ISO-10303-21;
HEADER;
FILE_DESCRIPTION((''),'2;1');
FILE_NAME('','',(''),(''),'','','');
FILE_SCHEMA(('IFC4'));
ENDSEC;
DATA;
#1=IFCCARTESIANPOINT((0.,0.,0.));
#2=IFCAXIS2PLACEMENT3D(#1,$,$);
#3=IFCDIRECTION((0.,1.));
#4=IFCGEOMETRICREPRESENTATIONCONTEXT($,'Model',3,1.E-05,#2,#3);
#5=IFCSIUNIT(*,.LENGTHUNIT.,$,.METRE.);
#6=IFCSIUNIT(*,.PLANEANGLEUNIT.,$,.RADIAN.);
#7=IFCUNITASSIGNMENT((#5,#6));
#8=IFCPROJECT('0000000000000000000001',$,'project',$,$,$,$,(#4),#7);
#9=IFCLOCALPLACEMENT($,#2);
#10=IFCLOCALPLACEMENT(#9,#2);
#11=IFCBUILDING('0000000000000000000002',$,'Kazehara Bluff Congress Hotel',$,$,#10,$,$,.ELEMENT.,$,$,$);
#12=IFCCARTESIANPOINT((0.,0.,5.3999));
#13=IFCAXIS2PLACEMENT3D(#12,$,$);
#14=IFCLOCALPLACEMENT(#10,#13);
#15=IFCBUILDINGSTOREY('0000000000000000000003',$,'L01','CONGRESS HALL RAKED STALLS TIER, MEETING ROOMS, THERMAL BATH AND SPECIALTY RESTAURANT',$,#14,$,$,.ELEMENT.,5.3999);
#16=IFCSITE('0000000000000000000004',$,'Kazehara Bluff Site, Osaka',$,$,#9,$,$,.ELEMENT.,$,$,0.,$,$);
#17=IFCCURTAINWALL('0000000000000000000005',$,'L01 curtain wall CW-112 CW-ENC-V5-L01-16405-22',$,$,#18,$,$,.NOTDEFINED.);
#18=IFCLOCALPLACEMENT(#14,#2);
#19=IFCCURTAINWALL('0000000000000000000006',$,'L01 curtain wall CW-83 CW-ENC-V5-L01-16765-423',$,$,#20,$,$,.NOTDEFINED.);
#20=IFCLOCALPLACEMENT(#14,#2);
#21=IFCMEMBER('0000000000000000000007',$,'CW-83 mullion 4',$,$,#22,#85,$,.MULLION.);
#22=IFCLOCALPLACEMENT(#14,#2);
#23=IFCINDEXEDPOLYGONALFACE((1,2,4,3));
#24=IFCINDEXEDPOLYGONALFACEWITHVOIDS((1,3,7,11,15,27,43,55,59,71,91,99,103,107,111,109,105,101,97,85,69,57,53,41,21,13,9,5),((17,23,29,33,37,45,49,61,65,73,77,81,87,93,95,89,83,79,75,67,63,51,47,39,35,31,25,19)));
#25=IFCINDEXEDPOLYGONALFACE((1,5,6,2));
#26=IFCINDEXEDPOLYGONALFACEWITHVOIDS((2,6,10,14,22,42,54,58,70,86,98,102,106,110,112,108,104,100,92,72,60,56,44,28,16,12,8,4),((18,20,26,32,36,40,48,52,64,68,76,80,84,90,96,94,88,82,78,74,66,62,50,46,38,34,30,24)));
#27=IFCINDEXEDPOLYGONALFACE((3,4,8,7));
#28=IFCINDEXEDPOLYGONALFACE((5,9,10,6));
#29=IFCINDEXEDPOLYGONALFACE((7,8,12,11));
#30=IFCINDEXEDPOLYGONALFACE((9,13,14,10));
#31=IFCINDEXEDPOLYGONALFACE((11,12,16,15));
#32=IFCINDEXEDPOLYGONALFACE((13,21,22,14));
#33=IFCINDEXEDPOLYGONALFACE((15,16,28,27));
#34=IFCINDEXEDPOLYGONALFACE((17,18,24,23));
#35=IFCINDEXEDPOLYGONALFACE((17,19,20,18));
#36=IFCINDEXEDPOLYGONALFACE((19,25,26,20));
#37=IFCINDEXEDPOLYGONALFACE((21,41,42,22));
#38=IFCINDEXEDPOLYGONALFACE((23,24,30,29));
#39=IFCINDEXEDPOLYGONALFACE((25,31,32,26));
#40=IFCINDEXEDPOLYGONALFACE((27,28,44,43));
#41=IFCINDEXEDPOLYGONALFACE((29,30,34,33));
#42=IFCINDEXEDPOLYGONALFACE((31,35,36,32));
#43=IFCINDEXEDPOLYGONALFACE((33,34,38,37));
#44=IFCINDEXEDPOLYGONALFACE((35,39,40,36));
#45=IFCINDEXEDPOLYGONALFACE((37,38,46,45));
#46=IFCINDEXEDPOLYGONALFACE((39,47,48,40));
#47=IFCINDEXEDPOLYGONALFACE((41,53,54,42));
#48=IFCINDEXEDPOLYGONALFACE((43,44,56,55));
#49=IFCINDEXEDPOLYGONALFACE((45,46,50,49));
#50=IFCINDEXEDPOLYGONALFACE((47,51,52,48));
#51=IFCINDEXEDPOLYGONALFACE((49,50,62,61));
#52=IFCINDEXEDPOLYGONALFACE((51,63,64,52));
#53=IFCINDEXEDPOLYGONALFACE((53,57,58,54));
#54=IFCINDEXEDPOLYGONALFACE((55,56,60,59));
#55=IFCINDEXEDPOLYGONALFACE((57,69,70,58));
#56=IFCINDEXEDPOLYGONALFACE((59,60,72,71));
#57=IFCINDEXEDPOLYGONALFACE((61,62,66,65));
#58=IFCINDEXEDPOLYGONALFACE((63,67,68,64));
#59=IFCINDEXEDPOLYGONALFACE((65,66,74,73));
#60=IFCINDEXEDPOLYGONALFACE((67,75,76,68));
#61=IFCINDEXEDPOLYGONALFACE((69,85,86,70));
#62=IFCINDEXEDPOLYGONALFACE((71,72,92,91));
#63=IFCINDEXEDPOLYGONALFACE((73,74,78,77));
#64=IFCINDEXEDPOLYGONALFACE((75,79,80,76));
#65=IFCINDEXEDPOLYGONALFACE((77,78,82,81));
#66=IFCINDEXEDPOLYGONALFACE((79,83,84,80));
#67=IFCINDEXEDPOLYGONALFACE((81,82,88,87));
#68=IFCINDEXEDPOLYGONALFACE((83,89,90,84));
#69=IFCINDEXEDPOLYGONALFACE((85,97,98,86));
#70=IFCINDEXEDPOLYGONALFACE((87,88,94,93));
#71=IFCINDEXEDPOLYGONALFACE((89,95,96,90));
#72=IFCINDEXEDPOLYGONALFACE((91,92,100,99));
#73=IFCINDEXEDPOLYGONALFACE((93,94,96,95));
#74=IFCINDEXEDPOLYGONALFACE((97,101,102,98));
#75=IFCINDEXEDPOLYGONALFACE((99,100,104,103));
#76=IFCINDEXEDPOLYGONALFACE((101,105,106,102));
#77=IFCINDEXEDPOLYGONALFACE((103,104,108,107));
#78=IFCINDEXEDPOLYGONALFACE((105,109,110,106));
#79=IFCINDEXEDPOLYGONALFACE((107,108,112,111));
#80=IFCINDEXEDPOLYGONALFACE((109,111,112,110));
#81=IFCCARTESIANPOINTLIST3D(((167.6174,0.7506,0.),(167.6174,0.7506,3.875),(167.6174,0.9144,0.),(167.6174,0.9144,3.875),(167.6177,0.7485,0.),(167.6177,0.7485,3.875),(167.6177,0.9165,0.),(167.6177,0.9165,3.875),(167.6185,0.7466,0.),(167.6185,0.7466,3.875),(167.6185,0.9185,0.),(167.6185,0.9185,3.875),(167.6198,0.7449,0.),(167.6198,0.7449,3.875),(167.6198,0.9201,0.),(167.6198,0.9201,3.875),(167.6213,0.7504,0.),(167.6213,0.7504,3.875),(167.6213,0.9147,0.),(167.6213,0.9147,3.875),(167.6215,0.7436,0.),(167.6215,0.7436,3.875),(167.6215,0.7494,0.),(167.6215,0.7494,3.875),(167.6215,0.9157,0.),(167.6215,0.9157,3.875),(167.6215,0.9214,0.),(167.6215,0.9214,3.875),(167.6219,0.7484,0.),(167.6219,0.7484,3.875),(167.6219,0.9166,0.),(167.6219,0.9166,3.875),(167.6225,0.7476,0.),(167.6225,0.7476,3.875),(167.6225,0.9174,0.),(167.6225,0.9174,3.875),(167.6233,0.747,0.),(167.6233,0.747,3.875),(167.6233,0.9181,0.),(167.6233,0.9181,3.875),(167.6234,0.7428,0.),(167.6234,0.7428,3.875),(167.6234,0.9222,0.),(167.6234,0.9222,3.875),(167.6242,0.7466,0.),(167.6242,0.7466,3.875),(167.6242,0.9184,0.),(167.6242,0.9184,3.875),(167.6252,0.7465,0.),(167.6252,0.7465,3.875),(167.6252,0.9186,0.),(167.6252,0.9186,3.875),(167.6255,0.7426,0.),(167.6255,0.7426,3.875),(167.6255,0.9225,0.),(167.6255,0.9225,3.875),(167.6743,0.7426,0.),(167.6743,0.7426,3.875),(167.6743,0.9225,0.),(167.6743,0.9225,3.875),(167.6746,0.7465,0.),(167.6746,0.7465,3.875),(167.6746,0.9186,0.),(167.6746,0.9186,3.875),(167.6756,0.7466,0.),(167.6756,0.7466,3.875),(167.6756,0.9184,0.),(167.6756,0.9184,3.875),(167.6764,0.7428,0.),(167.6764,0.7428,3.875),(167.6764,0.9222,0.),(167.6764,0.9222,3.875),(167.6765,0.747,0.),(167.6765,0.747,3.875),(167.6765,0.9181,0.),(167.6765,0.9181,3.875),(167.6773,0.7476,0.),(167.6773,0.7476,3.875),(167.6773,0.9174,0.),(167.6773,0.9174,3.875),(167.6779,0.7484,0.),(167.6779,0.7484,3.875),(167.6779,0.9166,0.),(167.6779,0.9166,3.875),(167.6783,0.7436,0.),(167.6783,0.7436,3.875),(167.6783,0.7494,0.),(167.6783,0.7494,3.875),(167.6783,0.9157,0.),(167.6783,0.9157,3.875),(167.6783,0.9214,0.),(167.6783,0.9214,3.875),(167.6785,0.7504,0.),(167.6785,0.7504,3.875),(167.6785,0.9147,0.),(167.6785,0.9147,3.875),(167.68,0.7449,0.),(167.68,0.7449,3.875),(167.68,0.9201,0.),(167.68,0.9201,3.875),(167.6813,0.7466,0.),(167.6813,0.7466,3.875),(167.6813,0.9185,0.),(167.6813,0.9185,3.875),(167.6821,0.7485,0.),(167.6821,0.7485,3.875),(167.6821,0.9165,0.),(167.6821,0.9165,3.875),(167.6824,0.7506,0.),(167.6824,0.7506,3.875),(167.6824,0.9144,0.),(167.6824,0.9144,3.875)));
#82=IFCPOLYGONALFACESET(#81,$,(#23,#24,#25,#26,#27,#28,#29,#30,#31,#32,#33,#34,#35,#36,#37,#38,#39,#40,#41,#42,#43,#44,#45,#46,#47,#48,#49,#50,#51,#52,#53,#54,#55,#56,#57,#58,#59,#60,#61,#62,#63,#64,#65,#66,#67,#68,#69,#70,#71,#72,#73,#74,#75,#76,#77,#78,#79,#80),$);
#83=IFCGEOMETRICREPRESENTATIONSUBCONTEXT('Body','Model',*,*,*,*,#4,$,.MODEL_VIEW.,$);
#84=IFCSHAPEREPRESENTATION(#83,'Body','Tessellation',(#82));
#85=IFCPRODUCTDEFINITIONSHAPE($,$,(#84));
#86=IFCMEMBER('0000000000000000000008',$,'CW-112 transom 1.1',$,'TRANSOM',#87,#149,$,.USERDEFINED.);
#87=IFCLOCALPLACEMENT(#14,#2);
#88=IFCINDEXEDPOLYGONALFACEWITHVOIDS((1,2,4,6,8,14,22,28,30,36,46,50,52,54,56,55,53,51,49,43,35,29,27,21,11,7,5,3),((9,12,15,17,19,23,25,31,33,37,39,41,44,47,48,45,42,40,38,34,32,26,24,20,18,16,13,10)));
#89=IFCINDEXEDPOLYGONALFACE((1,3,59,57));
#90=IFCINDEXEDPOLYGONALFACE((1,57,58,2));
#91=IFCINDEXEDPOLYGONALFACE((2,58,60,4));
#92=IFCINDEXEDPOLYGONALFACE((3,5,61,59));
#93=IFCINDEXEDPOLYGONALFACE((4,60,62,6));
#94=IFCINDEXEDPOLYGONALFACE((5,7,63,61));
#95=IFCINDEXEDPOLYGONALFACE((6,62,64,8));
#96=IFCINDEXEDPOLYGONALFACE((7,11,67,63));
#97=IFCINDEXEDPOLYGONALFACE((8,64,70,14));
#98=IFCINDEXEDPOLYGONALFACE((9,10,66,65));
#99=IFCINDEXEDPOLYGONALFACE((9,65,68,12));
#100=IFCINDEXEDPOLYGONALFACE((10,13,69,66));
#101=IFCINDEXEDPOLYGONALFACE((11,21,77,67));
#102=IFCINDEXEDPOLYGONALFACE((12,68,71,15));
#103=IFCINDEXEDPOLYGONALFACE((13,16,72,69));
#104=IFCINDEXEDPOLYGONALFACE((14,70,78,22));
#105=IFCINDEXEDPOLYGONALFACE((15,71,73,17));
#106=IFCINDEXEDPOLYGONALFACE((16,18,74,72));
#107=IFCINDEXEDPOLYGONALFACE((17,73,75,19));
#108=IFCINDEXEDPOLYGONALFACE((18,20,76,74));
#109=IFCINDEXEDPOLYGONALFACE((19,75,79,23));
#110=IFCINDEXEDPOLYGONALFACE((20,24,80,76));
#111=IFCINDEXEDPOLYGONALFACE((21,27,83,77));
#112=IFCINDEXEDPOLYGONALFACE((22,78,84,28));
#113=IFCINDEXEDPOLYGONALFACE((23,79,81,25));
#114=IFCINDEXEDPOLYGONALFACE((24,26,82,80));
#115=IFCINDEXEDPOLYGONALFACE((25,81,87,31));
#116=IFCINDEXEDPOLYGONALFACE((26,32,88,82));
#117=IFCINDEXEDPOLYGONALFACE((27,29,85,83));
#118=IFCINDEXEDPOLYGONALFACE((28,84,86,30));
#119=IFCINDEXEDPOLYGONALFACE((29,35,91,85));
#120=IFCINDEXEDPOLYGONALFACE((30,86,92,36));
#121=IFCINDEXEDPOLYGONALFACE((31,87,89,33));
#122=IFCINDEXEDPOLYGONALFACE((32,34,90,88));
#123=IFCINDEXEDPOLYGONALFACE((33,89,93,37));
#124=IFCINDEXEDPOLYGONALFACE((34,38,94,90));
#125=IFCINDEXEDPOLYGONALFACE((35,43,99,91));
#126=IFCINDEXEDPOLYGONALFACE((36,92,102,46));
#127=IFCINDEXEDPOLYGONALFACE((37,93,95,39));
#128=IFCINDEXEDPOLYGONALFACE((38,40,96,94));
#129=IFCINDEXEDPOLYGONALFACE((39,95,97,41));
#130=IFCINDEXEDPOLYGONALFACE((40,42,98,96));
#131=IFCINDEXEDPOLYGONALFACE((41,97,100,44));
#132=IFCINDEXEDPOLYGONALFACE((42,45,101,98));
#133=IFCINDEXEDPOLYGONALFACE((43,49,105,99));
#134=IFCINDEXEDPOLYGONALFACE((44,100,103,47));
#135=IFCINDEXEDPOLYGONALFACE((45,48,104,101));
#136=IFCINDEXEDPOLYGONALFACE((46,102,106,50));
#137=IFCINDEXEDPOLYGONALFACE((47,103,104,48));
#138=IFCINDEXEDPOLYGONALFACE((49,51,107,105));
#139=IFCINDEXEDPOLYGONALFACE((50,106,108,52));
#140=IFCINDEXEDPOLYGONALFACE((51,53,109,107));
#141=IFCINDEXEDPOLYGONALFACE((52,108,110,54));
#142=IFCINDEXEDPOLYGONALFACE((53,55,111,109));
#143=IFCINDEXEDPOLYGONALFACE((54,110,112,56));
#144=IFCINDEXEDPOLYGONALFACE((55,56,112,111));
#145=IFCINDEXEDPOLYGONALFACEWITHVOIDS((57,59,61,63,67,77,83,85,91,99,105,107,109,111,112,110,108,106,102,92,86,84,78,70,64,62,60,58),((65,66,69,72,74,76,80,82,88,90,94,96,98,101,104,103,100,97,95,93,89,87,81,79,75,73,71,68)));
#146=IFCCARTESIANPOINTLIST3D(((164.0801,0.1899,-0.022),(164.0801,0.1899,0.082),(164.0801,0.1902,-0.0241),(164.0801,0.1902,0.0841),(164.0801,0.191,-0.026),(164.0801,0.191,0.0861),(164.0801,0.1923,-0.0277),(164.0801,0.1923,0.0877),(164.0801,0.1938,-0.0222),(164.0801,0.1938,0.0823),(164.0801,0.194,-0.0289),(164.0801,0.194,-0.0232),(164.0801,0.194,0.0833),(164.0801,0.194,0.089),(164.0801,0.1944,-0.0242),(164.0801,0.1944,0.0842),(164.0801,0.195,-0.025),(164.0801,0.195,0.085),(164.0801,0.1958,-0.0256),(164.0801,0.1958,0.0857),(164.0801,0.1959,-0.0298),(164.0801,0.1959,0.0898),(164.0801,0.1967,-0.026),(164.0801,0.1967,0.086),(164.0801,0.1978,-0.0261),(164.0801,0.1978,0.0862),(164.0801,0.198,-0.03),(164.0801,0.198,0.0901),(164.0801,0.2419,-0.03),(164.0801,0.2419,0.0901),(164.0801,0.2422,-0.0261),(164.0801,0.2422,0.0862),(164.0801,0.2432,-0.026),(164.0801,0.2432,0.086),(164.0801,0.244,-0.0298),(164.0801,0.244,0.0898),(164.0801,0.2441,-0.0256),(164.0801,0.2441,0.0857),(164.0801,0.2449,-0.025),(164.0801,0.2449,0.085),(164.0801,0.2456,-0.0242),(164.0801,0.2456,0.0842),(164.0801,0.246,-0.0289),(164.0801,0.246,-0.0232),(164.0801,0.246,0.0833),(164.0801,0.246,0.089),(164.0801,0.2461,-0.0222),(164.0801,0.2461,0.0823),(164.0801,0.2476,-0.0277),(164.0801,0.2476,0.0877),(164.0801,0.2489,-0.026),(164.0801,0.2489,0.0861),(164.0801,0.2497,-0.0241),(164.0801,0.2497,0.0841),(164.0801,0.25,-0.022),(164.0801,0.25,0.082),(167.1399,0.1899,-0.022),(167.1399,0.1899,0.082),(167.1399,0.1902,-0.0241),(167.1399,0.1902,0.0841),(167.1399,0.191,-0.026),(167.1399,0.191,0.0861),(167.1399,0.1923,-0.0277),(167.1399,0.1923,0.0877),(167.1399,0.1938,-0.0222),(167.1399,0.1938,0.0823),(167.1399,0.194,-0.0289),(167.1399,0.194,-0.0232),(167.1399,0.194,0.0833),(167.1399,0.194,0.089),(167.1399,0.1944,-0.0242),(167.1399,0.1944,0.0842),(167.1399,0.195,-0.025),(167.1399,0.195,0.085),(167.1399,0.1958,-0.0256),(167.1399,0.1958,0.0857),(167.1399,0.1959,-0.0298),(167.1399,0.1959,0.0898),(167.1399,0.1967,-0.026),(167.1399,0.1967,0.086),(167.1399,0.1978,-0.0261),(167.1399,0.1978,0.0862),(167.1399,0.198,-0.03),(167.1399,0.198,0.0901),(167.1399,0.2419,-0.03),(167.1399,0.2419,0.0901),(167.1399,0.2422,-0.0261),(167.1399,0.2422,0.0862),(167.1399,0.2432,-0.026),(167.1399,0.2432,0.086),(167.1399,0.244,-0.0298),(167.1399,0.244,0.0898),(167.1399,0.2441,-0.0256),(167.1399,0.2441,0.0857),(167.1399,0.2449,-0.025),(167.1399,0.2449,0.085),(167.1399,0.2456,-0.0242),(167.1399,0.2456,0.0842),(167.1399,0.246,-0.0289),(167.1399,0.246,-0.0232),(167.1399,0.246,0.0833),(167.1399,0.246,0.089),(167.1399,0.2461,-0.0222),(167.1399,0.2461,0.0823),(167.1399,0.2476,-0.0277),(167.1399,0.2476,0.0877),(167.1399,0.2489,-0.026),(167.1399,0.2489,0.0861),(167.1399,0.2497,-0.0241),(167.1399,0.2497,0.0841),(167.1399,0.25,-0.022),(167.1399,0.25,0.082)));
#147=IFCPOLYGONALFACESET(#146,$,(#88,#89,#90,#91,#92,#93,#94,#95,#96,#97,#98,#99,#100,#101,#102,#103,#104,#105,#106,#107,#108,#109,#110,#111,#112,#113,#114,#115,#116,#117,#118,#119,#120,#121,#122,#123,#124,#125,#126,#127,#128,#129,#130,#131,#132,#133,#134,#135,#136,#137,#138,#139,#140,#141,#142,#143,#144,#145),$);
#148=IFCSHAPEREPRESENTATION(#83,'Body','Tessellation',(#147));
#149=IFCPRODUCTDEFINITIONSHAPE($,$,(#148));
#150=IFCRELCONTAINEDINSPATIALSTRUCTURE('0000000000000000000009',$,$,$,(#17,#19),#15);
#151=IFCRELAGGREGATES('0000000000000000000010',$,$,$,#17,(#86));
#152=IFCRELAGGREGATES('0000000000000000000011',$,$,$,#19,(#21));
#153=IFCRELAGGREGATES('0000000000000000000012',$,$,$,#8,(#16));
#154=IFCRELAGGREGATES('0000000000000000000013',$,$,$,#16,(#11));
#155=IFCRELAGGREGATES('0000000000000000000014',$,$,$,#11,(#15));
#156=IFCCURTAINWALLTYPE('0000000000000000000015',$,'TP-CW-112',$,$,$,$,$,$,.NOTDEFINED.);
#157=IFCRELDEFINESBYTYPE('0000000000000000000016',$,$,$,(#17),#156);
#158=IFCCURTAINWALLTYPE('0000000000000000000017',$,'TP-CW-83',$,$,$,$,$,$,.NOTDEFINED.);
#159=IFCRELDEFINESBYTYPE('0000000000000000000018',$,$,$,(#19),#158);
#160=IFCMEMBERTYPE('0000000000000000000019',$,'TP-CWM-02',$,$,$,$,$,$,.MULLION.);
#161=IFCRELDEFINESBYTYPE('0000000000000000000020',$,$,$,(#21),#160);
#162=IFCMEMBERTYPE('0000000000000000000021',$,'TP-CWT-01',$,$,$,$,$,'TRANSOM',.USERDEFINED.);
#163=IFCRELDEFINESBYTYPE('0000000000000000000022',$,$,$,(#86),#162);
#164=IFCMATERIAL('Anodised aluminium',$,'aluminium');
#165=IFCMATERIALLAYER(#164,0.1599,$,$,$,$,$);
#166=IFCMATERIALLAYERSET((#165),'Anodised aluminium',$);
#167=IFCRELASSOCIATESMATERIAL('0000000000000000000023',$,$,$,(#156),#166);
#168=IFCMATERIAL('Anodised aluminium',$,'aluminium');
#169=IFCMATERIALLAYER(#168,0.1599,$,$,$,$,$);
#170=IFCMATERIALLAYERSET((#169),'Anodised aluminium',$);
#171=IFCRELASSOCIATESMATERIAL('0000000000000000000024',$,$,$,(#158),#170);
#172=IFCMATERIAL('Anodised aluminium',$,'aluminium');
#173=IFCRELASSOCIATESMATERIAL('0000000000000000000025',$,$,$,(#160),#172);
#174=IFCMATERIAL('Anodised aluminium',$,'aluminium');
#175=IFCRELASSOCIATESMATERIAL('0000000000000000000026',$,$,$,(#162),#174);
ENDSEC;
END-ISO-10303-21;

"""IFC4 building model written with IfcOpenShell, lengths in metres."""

from ifc_helpers import new_model, si_unit, direction, frame, origin, origin_2d, place, context, subcontext, project, spatial, hollow_rectangle, extrude, material, layer, layer_set, material_profile, profile_set, type_object, element, aggregate, save


model = new_model("IFC4")

# Units and contexts
model_context = context("Model", 3, precision=1e-05, world=origin(), true_north=direction((0.0, 1.0)))
body_context = subcontext(model_context, "Body", "Model", "MODEL_VIEW")
ifc_project = project(units=[si_unit("LENGTHUNIT", "METRE"), si_unit("PLANEANGLEUNIT", "RADIAN")], contexts=[model_context])

# Site, building, storey
site_placement = place(None, origin())
site = spatial("IfcSite", under=ifc_project, at=site_placement, Name="Kazehara Bluff Site, Osaka", CompositionType="ELEMENT", RefElevation=0.0)
building_placement = place(site_placement, origin())
building = spatial("IfcBuilding", under=site, at=building_placement, Name="Kazehara Bluff Congress Hotel", CompositionType="ELEMENT")
storey_placement = place(building_placement, frame((0.0, 0.0, 5.3999)))
storey = spatial("IfcBuildingStorey", under=building, at=storey_placement, Name="L01", Description="CONGRESS HALL RAKED STALLS TIER, MEETING ROOMS, THERMAL BATH AND SPECIALTY RESTAURANT", CompositionType="ELEMENT", Elevation=5.3999)

# Curtain walls, member
ifc_material_1 = material(Name="Anodised aluminium", Category="aluminium")
ifc_layer_1 = layer(ifc_material_1, 0.1599)
ifc_layer_set_1 = layer_set([ifc_layer_1], Name="Anodised aluminium")
curtain_wall_type_1 = type_object("IfcCurtainWallType", Name="TP-CW-112", PredefinedType="NOTDEFINED", material=ifc_layer_set_1)
curtain_wall_1_placement = place(storey_placement, origin())
curtain_wall_1 = element("IfcCurtainWall", 1, at=curtain_wall_1_placement, inside=storey, type_object=curtain_wall_type_1, Name="L01 curtain wall CW-112 CW-ENC-V5-L01-16405-22", PredefinedType="NOTDEFINED")
ifc_material_2 = material(Name="Anodised aluminium", Category="aluminium")
ifc_layer_2 = layer(ifc_material_2, 0.1599)
ifc_layer_set_2 = layer_set([ifc_layer_2], Name="Anodised aluminium")
curtain_wall_type_2 = type_object("IfcCurtainWallType", Name="TP-CW-83", PredefinedType="NOTDEFINED", material=ifc_layer_set_2)
curtain_wall_2_placement = place(storey_placement, origin())
curtain_wall_2 = element("IfcCurtainWall", 2, at=curtain_wall_2_placement, inside=storey, type_object=curtain_wall_type_2, Name="L01 curtain wall CW-83 CW-ENC-V5-L01-16765-423", PredefinedType="NOTDEFINED")
ifc_material_3 = material(Name="Anodised aluminium", Category="aluminium")
ifc_material_profile_1 = material_profile(ifc_material_3, hollow_rectangle(XDim=0.0649, YDim=0.1799, WallThickness=0.0039, InnerFilletRadius=0.0039, OuterFilletRadius=0.0081, at=origin_2d()))
ifc_profile_set_1 = profile_set([ifc_material_profile_1], Name="Anodised aluminium")
member_type_1 = type_object("IfcMemberType", Name="TP-CWM-02", PredefinedType="MULLION", material=ifc_profile_set_1)
member_1_placement = place(storey_placement, frame((167.6499, 0.8325, 0.0), z_axis=(0.0, 0.0, 1.0), x_axis=(1.0, 0.0, 0.0)))
member_1 = element("IfcMember", 3, at=member_1_placement, type_object=member_type_1, Name="CW-83 mullion 4", PredefinedType="MULLION", context=body_context, shape_type="SweptSolid", body=[
    extrude(hollow_rectangle(XDim=0.0649, YDim=0.1799, WallThickness=0.0039, InnerFilletRadius=0.0039, OuterFilletRadius=0.0081, at=origin_2d()), origin(), (0.0, 0.0, 1.0), 3.875),
])

# Member
ifc_material_4 = material(Name="Anodised aluminium", Category="aluminium")
ifc_material_profile_2 = material_profile(ifc_material_4, hollow_rectangle(XDim=0.0601, YDim=0.1201, WallThickness=0.0039, InnerFilletRadius=0.0039, OuterFilletRadius=0.0081, at=origin_2d()))
ifc_profile_set_2 = profile_set([ifc_material_profile_2], Name="Anodised aluminium")
member_type_2 = type_object("IfcMemberType", Name="TP-CWT-01", ElementType="TRANSOM", PredefinedType="USERDEFINED", material=ifc_profile_set_2)
member_2_placement = place(storey_placement, frame((167.1399, 0.22, 0.03), z_axis=(-1.0, 0.0, 0.0), x_axis=(0.0, -1.0, 0.0)))
member_2 = element("IfcMember", 4, at=member_2_placement, type_object=member_type_2, Name="CW-112 transom 1.1", ObjectType="TRANSOM", PredefinedType="USERDEFINED", context=body_context, shape_type="SweptSolid", body=[
    extrude(hollow_rectangle(XDim=0.0601, YDim=0.1201, WallThickness=0.0039, InnerFilletRadius=0.0039, OuterFilletRadius=0.0081, at=origin_2d()), origin(), (0.0, 0.0, 1.0), 3.0598),
])

aggregate(curtain_wall_1, [member_2])
aggregate(curtain_wall_2, [member_1])

save(model, "model.ifc")
